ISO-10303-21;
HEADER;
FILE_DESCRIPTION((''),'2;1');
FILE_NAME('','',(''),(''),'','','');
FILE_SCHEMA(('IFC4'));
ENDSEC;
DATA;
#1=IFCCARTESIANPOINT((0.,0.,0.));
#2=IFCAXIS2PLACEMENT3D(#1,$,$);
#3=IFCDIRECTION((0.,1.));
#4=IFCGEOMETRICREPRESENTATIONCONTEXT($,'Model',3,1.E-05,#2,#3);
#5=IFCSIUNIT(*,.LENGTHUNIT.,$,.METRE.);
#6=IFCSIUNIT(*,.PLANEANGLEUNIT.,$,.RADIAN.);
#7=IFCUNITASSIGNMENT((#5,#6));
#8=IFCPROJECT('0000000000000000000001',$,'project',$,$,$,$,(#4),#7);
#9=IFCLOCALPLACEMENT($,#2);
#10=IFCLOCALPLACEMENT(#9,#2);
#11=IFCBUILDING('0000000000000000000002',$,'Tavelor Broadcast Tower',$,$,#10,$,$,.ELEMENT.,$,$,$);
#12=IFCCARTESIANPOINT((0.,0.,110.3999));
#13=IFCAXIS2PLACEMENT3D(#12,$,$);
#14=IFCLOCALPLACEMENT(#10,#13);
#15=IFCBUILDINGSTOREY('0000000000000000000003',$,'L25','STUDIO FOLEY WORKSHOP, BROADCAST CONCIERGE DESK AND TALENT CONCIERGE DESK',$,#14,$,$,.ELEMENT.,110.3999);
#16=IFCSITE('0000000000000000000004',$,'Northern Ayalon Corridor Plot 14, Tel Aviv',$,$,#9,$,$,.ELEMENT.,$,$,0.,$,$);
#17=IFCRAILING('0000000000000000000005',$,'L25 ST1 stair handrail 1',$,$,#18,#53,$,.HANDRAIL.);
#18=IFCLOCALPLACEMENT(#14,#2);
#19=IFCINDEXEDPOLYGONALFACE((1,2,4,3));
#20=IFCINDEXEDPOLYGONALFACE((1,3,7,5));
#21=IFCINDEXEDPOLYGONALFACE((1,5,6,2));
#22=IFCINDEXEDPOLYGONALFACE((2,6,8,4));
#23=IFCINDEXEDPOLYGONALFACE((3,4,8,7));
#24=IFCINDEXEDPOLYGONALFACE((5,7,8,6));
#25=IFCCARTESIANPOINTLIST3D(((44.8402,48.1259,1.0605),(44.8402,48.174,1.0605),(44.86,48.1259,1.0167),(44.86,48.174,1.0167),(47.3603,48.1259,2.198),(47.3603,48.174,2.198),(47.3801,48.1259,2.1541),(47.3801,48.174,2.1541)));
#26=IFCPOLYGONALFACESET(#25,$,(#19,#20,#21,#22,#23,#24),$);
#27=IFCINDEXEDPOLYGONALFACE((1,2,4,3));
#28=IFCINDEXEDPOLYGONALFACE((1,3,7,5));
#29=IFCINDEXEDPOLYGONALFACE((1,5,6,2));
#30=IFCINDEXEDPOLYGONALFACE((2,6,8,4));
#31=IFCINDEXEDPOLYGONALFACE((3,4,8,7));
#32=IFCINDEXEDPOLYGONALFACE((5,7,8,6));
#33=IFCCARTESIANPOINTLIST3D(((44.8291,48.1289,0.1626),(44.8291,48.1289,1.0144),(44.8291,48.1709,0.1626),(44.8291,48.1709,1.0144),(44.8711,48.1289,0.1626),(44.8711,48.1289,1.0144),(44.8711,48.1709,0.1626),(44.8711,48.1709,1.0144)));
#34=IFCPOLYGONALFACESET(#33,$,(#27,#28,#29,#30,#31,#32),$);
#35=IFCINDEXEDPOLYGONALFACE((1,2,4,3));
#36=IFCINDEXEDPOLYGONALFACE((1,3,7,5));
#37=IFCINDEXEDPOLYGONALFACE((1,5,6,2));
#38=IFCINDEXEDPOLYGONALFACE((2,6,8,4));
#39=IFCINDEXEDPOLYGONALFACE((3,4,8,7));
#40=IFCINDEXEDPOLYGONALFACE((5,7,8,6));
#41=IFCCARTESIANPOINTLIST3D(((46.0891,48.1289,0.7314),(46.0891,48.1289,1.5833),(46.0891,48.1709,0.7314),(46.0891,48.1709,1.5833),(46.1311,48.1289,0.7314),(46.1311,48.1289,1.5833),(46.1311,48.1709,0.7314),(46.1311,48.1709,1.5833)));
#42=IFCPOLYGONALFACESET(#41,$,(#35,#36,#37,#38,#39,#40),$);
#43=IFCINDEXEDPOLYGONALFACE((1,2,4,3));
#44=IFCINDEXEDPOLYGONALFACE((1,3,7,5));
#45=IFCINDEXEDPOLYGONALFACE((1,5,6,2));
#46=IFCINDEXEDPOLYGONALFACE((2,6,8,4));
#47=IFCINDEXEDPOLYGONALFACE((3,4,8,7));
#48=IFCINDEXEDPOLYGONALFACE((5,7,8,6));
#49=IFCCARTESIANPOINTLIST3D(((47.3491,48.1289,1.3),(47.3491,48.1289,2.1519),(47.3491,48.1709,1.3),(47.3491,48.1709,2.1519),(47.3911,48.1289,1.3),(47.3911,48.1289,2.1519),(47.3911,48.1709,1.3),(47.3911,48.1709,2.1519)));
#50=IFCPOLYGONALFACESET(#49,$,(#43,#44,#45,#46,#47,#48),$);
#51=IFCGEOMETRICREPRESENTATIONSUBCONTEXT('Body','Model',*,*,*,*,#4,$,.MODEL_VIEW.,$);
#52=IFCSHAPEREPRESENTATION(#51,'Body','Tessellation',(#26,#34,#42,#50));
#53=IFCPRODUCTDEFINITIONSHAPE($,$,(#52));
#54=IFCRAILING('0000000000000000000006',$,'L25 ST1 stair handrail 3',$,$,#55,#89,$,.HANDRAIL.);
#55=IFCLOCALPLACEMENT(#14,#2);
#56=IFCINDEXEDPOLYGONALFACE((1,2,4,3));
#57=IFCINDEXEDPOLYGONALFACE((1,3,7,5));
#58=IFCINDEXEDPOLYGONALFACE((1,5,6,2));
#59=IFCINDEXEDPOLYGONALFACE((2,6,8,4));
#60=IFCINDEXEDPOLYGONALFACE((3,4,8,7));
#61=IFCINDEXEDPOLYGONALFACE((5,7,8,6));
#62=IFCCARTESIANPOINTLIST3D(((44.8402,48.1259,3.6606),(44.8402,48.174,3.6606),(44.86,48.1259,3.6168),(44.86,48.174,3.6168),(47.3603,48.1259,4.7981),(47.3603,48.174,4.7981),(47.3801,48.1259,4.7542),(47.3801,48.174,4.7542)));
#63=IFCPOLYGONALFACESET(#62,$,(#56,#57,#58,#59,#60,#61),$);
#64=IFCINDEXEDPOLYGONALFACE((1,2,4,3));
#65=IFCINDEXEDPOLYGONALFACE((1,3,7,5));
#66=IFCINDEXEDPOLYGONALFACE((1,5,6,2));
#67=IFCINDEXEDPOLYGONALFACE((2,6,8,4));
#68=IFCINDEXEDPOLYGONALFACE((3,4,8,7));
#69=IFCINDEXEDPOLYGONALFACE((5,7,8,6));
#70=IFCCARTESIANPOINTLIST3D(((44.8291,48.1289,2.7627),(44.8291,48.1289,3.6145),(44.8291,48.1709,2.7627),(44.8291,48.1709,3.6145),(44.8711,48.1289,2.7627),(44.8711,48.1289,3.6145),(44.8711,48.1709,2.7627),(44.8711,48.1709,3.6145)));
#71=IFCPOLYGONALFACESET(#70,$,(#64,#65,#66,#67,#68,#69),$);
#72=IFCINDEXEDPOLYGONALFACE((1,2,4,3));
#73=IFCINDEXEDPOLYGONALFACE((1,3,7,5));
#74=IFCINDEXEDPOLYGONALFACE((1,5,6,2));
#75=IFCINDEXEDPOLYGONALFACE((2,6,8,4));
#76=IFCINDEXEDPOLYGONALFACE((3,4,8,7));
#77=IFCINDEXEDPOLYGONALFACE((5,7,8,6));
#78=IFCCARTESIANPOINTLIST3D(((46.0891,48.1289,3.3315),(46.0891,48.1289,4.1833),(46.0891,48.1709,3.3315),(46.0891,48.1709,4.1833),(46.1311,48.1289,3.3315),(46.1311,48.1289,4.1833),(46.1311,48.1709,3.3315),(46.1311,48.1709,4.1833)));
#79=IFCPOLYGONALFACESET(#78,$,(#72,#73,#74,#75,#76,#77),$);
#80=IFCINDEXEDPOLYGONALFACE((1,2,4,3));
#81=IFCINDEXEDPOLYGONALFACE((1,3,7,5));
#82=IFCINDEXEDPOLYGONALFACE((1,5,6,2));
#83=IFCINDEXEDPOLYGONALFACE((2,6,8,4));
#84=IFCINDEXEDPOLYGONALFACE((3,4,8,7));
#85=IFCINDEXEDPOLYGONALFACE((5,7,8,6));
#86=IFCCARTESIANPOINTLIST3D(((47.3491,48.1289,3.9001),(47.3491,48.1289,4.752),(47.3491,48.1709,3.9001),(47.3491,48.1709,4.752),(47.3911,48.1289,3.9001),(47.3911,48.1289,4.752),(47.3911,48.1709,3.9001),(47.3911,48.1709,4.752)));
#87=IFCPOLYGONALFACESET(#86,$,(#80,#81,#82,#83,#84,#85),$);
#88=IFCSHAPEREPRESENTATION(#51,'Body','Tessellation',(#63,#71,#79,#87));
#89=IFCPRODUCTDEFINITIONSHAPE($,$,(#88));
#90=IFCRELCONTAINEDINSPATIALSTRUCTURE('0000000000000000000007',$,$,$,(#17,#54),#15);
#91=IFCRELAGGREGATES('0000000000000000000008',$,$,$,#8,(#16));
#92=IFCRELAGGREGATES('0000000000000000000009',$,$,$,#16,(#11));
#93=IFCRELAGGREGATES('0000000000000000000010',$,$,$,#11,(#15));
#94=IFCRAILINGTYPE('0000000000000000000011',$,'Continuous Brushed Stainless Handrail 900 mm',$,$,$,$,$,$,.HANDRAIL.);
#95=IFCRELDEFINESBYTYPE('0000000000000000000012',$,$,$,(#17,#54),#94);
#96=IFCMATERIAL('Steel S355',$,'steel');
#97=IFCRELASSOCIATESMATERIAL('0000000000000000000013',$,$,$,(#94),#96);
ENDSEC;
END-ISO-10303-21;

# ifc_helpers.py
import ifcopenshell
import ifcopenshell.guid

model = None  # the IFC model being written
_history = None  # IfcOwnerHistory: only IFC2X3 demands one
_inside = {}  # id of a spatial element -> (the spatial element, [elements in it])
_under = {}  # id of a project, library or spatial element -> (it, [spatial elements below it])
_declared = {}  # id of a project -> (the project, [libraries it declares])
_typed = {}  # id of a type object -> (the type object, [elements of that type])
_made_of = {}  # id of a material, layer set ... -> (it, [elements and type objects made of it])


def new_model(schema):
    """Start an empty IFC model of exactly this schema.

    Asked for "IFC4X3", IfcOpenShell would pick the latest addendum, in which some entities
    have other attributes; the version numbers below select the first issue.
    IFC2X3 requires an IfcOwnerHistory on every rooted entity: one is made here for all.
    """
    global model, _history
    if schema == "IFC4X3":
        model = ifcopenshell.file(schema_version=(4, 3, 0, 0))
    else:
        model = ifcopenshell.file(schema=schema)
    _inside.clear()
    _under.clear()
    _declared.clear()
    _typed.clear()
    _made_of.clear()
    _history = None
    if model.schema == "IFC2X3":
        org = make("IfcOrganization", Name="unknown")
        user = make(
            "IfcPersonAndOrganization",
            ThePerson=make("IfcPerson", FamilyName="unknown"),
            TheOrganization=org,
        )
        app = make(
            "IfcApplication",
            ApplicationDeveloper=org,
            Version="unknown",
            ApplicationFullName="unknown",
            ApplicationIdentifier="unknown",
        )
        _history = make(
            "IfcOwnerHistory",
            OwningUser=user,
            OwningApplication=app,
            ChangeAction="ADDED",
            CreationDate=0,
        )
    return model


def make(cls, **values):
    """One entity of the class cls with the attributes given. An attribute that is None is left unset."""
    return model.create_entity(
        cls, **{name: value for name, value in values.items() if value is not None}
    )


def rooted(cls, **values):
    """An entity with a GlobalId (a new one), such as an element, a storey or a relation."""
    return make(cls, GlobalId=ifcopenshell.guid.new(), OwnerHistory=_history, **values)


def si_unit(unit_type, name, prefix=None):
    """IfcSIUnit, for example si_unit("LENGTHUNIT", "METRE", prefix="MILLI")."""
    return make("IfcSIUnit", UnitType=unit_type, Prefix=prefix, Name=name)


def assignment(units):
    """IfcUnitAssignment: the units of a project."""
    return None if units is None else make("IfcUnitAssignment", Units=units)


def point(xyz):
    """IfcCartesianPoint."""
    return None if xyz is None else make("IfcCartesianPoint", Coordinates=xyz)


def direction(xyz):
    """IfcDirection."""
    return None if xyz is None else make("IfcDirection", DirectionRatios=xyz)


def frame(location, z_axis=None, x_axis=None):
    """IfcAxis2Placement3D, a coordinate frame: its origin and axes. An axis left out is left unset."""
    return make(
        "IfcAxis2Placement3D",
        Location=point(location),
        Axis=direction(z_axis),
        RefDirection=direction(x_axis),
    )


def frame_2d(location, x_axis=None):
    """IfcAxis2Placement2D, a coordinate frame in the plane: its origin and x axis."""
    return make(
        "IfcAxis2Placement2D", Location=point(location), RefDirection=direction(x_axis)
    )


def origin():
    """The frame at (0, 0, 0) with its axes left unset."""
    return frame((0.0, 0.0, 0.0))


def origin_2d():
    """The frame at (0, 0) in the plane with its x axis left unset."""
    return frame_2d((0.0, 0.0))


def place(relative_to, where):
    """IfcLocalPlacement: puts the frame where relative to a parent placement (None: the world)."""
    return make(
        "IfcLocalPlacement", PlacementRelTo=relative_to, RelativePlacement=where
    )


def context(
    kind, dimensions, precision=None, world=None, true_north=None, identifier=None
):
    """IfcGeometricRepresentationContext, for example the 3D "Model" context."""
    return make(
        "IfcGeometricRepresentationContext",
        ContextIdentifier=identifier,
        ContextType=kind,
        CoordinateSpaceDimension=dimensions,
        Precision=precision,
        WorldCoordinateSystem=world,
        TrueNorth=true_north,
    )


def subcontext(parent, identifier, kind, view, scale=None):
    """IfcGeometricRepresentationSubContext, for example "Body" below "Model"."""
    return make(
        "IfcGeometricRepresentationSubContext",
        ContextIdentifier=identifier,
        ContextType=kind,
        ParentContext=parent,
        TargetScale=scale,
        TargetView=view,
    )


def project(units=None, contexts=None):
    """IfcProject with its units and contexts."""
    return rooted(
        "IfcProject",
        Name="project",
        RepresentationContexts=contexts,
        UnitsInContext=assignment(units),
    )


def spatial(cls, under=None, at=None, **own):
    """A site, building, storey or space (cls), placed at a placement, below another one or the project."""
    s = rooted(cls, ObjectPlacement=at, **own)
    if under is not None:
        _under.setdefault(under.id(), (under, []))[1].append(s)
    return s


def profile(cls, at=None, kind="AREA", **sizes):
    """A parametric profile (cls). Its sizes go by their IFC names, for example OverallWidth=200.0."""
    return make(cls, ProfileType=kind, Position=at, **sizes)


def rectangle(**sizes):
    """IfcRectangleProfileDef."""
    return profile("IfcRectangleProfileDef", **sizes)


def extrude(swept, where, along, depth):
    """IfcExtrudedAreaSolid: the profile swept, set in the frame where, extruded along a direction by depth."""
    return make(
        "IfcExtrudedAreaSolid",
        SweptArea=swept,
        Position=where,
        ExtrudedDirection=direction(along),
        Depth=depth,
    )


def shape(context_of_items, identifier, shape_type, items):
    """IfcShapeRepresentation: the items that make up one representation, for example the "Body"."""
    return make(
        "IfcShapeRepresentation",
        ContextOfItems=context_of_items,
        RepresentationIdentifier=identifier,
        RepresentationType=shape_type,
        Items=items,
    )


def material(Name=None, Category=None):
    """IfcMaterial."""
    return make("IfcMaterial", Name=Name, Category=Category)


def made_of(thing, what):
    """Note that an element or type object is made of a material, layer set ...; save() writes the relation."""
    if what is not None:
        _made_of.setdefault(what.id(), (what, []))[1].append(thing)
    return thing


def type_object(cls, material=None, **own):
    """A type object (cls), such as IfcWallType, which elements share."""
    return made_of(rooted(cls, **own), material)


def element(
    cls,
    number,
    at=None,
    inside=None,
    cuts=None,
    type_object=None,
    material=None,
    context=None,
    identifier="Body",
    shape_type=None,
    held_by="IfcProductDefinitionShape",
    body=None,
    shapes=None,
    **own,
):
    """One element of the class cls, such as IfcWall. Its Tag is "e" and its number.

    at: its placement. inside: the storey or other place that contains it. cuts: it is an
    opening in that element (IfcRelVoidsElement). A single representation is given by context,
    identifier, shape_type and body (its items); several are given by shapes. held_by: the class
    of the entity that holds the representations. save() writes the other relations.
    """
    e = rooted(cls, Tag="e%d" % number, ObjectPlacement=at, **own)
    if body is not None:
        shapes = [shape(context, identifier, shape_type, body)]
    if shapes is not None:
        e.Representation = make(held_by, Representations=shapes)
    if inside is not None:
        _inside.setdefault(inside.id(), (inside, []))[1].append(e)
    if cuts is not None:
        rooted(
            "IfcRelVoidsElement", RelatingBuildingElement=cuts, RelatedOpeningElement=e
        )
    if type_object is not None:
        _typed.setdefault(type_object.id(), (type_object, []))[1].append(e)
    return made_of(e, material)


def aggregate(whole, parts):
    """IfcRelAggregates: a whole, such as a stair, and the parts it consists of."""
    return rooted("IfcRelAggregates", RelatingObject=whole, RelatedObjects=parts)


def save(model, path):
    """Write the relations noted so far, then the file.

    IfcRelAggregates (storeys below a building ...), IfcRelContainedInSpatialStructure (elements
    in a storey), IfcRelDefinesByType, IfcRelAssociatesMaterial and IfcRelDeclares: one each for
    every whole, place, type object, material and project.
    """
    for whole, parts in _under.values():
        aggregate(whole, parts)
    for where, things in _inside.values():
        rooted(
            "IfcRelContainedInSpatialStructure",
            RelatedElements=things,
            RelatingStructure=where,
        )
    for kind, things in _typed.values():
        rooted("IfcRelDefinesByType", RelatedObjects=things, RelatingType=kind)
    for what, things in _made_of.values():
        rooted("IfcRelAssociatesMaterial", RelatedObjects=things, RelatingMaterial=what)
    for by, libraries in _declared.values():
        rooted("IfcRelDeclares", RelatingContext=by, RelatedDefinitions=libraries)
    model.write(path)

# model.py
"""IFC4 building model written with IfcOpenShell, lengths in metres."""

from ifc_helpers import new_model, si_unit, direction, frame, origin, origin_2d, place, context, subcontext, project, spatial, rectangle, extrude, material, type_object, element, save


model = new_model("IFC4")

# Units and contexts
model_context = context("Model", 3, precision=1e-05, world=origin(), true_north=direction((0.0, 1.0)))
body_context = subcontext(model_context, "Body", "Model", "MODEL_VIEW")
ifc_project = project(units=[si_unit("LENGTHUNIT", "METRE"), si_unit("PLANEANGLEUNIT", "RADIAN")], contexts=[model_context])

# Site, building, storey
site_placement = place(None, origin())
site = spatial("IfcSite", under=ifc_project, at=site_placement, Name="Northern Ayalon Corridor Plot 14, Tel Aviv", CompositionType="ELEMENT", RefElevation=0.0)
building_placement = place(site_placement, origin())
building = spatial("IfcBuilding", under=site, at=building_placement, Name="Tavelor Broadcast Tower", CompositionType="ELEMENT")
storey_placement = place(building_placement, frame((0.0, 0.0, 110.3999)))
storey = spatial("IfcBuildingStorey", under=building, at=storey_placement, Name="L25", Description="STUDIO FOLEY WORKSHOP, BROADCAST CONCIERGE DESK AND TALENT CONCIERGE DESK", CompositionType="ELEMENT", Elevation=110.3999)

# Shared definitions
ifc_material_1 = material(Name="Steel S355", Category="steel")

# Railings
railing_type = type_object("IfcRailingType", Name="Continuous Brushed Stainless Handrail 900 mm", PredefinedType="HANDRAIL", material=ifc_material_1)
for number, where, name in (
    (1, (44.8501, 48.1499, 0.1626), "L25 ST1 stair handrail 1"),
    (2, (44.8501, 48.1499, 2.7627), "L25 ST1 stair handrail 3"),
):
    element("IfcRailing", number, at=place(storey_placement, frame(where)), inside=storey, type_object=railing_type, Name=name, PredefinedType="HANDRAIL", context=body_context, shape_type="SweptSolid", body=[
        extrude(rectangle(XDim=0.0481, YDim=0.0481, at=origin_2d()), frame((0.0, 0.0, 0.876), z_axis=(0.911455, 0.0, 0.4114), x_axis=(0.0, 1.0, 0.0)), (0.0, 0.0, 1.0), 2.7649),
        extrude(rectangle(XDim=0.042, YDim=0.042, at=origin_2d()), origin(), (0.0, 0.0, 1.0), 0.8518),
        extrude(rectangle(XDim=0.042, YDim=0.042, at=origin_2d()), frame((1.26, 0.0, 0.5688)), (0.0, 0.0, 1.0), 0.8518),
        extrude(rectangle(XDim=0.042, YDim=0.042, at=origin_2d()), frame((2.52, 0.0, 1.1375)), (0.0, 0.0, 1.0), 0.8518),
    ])

save(model, "model.ifc")
